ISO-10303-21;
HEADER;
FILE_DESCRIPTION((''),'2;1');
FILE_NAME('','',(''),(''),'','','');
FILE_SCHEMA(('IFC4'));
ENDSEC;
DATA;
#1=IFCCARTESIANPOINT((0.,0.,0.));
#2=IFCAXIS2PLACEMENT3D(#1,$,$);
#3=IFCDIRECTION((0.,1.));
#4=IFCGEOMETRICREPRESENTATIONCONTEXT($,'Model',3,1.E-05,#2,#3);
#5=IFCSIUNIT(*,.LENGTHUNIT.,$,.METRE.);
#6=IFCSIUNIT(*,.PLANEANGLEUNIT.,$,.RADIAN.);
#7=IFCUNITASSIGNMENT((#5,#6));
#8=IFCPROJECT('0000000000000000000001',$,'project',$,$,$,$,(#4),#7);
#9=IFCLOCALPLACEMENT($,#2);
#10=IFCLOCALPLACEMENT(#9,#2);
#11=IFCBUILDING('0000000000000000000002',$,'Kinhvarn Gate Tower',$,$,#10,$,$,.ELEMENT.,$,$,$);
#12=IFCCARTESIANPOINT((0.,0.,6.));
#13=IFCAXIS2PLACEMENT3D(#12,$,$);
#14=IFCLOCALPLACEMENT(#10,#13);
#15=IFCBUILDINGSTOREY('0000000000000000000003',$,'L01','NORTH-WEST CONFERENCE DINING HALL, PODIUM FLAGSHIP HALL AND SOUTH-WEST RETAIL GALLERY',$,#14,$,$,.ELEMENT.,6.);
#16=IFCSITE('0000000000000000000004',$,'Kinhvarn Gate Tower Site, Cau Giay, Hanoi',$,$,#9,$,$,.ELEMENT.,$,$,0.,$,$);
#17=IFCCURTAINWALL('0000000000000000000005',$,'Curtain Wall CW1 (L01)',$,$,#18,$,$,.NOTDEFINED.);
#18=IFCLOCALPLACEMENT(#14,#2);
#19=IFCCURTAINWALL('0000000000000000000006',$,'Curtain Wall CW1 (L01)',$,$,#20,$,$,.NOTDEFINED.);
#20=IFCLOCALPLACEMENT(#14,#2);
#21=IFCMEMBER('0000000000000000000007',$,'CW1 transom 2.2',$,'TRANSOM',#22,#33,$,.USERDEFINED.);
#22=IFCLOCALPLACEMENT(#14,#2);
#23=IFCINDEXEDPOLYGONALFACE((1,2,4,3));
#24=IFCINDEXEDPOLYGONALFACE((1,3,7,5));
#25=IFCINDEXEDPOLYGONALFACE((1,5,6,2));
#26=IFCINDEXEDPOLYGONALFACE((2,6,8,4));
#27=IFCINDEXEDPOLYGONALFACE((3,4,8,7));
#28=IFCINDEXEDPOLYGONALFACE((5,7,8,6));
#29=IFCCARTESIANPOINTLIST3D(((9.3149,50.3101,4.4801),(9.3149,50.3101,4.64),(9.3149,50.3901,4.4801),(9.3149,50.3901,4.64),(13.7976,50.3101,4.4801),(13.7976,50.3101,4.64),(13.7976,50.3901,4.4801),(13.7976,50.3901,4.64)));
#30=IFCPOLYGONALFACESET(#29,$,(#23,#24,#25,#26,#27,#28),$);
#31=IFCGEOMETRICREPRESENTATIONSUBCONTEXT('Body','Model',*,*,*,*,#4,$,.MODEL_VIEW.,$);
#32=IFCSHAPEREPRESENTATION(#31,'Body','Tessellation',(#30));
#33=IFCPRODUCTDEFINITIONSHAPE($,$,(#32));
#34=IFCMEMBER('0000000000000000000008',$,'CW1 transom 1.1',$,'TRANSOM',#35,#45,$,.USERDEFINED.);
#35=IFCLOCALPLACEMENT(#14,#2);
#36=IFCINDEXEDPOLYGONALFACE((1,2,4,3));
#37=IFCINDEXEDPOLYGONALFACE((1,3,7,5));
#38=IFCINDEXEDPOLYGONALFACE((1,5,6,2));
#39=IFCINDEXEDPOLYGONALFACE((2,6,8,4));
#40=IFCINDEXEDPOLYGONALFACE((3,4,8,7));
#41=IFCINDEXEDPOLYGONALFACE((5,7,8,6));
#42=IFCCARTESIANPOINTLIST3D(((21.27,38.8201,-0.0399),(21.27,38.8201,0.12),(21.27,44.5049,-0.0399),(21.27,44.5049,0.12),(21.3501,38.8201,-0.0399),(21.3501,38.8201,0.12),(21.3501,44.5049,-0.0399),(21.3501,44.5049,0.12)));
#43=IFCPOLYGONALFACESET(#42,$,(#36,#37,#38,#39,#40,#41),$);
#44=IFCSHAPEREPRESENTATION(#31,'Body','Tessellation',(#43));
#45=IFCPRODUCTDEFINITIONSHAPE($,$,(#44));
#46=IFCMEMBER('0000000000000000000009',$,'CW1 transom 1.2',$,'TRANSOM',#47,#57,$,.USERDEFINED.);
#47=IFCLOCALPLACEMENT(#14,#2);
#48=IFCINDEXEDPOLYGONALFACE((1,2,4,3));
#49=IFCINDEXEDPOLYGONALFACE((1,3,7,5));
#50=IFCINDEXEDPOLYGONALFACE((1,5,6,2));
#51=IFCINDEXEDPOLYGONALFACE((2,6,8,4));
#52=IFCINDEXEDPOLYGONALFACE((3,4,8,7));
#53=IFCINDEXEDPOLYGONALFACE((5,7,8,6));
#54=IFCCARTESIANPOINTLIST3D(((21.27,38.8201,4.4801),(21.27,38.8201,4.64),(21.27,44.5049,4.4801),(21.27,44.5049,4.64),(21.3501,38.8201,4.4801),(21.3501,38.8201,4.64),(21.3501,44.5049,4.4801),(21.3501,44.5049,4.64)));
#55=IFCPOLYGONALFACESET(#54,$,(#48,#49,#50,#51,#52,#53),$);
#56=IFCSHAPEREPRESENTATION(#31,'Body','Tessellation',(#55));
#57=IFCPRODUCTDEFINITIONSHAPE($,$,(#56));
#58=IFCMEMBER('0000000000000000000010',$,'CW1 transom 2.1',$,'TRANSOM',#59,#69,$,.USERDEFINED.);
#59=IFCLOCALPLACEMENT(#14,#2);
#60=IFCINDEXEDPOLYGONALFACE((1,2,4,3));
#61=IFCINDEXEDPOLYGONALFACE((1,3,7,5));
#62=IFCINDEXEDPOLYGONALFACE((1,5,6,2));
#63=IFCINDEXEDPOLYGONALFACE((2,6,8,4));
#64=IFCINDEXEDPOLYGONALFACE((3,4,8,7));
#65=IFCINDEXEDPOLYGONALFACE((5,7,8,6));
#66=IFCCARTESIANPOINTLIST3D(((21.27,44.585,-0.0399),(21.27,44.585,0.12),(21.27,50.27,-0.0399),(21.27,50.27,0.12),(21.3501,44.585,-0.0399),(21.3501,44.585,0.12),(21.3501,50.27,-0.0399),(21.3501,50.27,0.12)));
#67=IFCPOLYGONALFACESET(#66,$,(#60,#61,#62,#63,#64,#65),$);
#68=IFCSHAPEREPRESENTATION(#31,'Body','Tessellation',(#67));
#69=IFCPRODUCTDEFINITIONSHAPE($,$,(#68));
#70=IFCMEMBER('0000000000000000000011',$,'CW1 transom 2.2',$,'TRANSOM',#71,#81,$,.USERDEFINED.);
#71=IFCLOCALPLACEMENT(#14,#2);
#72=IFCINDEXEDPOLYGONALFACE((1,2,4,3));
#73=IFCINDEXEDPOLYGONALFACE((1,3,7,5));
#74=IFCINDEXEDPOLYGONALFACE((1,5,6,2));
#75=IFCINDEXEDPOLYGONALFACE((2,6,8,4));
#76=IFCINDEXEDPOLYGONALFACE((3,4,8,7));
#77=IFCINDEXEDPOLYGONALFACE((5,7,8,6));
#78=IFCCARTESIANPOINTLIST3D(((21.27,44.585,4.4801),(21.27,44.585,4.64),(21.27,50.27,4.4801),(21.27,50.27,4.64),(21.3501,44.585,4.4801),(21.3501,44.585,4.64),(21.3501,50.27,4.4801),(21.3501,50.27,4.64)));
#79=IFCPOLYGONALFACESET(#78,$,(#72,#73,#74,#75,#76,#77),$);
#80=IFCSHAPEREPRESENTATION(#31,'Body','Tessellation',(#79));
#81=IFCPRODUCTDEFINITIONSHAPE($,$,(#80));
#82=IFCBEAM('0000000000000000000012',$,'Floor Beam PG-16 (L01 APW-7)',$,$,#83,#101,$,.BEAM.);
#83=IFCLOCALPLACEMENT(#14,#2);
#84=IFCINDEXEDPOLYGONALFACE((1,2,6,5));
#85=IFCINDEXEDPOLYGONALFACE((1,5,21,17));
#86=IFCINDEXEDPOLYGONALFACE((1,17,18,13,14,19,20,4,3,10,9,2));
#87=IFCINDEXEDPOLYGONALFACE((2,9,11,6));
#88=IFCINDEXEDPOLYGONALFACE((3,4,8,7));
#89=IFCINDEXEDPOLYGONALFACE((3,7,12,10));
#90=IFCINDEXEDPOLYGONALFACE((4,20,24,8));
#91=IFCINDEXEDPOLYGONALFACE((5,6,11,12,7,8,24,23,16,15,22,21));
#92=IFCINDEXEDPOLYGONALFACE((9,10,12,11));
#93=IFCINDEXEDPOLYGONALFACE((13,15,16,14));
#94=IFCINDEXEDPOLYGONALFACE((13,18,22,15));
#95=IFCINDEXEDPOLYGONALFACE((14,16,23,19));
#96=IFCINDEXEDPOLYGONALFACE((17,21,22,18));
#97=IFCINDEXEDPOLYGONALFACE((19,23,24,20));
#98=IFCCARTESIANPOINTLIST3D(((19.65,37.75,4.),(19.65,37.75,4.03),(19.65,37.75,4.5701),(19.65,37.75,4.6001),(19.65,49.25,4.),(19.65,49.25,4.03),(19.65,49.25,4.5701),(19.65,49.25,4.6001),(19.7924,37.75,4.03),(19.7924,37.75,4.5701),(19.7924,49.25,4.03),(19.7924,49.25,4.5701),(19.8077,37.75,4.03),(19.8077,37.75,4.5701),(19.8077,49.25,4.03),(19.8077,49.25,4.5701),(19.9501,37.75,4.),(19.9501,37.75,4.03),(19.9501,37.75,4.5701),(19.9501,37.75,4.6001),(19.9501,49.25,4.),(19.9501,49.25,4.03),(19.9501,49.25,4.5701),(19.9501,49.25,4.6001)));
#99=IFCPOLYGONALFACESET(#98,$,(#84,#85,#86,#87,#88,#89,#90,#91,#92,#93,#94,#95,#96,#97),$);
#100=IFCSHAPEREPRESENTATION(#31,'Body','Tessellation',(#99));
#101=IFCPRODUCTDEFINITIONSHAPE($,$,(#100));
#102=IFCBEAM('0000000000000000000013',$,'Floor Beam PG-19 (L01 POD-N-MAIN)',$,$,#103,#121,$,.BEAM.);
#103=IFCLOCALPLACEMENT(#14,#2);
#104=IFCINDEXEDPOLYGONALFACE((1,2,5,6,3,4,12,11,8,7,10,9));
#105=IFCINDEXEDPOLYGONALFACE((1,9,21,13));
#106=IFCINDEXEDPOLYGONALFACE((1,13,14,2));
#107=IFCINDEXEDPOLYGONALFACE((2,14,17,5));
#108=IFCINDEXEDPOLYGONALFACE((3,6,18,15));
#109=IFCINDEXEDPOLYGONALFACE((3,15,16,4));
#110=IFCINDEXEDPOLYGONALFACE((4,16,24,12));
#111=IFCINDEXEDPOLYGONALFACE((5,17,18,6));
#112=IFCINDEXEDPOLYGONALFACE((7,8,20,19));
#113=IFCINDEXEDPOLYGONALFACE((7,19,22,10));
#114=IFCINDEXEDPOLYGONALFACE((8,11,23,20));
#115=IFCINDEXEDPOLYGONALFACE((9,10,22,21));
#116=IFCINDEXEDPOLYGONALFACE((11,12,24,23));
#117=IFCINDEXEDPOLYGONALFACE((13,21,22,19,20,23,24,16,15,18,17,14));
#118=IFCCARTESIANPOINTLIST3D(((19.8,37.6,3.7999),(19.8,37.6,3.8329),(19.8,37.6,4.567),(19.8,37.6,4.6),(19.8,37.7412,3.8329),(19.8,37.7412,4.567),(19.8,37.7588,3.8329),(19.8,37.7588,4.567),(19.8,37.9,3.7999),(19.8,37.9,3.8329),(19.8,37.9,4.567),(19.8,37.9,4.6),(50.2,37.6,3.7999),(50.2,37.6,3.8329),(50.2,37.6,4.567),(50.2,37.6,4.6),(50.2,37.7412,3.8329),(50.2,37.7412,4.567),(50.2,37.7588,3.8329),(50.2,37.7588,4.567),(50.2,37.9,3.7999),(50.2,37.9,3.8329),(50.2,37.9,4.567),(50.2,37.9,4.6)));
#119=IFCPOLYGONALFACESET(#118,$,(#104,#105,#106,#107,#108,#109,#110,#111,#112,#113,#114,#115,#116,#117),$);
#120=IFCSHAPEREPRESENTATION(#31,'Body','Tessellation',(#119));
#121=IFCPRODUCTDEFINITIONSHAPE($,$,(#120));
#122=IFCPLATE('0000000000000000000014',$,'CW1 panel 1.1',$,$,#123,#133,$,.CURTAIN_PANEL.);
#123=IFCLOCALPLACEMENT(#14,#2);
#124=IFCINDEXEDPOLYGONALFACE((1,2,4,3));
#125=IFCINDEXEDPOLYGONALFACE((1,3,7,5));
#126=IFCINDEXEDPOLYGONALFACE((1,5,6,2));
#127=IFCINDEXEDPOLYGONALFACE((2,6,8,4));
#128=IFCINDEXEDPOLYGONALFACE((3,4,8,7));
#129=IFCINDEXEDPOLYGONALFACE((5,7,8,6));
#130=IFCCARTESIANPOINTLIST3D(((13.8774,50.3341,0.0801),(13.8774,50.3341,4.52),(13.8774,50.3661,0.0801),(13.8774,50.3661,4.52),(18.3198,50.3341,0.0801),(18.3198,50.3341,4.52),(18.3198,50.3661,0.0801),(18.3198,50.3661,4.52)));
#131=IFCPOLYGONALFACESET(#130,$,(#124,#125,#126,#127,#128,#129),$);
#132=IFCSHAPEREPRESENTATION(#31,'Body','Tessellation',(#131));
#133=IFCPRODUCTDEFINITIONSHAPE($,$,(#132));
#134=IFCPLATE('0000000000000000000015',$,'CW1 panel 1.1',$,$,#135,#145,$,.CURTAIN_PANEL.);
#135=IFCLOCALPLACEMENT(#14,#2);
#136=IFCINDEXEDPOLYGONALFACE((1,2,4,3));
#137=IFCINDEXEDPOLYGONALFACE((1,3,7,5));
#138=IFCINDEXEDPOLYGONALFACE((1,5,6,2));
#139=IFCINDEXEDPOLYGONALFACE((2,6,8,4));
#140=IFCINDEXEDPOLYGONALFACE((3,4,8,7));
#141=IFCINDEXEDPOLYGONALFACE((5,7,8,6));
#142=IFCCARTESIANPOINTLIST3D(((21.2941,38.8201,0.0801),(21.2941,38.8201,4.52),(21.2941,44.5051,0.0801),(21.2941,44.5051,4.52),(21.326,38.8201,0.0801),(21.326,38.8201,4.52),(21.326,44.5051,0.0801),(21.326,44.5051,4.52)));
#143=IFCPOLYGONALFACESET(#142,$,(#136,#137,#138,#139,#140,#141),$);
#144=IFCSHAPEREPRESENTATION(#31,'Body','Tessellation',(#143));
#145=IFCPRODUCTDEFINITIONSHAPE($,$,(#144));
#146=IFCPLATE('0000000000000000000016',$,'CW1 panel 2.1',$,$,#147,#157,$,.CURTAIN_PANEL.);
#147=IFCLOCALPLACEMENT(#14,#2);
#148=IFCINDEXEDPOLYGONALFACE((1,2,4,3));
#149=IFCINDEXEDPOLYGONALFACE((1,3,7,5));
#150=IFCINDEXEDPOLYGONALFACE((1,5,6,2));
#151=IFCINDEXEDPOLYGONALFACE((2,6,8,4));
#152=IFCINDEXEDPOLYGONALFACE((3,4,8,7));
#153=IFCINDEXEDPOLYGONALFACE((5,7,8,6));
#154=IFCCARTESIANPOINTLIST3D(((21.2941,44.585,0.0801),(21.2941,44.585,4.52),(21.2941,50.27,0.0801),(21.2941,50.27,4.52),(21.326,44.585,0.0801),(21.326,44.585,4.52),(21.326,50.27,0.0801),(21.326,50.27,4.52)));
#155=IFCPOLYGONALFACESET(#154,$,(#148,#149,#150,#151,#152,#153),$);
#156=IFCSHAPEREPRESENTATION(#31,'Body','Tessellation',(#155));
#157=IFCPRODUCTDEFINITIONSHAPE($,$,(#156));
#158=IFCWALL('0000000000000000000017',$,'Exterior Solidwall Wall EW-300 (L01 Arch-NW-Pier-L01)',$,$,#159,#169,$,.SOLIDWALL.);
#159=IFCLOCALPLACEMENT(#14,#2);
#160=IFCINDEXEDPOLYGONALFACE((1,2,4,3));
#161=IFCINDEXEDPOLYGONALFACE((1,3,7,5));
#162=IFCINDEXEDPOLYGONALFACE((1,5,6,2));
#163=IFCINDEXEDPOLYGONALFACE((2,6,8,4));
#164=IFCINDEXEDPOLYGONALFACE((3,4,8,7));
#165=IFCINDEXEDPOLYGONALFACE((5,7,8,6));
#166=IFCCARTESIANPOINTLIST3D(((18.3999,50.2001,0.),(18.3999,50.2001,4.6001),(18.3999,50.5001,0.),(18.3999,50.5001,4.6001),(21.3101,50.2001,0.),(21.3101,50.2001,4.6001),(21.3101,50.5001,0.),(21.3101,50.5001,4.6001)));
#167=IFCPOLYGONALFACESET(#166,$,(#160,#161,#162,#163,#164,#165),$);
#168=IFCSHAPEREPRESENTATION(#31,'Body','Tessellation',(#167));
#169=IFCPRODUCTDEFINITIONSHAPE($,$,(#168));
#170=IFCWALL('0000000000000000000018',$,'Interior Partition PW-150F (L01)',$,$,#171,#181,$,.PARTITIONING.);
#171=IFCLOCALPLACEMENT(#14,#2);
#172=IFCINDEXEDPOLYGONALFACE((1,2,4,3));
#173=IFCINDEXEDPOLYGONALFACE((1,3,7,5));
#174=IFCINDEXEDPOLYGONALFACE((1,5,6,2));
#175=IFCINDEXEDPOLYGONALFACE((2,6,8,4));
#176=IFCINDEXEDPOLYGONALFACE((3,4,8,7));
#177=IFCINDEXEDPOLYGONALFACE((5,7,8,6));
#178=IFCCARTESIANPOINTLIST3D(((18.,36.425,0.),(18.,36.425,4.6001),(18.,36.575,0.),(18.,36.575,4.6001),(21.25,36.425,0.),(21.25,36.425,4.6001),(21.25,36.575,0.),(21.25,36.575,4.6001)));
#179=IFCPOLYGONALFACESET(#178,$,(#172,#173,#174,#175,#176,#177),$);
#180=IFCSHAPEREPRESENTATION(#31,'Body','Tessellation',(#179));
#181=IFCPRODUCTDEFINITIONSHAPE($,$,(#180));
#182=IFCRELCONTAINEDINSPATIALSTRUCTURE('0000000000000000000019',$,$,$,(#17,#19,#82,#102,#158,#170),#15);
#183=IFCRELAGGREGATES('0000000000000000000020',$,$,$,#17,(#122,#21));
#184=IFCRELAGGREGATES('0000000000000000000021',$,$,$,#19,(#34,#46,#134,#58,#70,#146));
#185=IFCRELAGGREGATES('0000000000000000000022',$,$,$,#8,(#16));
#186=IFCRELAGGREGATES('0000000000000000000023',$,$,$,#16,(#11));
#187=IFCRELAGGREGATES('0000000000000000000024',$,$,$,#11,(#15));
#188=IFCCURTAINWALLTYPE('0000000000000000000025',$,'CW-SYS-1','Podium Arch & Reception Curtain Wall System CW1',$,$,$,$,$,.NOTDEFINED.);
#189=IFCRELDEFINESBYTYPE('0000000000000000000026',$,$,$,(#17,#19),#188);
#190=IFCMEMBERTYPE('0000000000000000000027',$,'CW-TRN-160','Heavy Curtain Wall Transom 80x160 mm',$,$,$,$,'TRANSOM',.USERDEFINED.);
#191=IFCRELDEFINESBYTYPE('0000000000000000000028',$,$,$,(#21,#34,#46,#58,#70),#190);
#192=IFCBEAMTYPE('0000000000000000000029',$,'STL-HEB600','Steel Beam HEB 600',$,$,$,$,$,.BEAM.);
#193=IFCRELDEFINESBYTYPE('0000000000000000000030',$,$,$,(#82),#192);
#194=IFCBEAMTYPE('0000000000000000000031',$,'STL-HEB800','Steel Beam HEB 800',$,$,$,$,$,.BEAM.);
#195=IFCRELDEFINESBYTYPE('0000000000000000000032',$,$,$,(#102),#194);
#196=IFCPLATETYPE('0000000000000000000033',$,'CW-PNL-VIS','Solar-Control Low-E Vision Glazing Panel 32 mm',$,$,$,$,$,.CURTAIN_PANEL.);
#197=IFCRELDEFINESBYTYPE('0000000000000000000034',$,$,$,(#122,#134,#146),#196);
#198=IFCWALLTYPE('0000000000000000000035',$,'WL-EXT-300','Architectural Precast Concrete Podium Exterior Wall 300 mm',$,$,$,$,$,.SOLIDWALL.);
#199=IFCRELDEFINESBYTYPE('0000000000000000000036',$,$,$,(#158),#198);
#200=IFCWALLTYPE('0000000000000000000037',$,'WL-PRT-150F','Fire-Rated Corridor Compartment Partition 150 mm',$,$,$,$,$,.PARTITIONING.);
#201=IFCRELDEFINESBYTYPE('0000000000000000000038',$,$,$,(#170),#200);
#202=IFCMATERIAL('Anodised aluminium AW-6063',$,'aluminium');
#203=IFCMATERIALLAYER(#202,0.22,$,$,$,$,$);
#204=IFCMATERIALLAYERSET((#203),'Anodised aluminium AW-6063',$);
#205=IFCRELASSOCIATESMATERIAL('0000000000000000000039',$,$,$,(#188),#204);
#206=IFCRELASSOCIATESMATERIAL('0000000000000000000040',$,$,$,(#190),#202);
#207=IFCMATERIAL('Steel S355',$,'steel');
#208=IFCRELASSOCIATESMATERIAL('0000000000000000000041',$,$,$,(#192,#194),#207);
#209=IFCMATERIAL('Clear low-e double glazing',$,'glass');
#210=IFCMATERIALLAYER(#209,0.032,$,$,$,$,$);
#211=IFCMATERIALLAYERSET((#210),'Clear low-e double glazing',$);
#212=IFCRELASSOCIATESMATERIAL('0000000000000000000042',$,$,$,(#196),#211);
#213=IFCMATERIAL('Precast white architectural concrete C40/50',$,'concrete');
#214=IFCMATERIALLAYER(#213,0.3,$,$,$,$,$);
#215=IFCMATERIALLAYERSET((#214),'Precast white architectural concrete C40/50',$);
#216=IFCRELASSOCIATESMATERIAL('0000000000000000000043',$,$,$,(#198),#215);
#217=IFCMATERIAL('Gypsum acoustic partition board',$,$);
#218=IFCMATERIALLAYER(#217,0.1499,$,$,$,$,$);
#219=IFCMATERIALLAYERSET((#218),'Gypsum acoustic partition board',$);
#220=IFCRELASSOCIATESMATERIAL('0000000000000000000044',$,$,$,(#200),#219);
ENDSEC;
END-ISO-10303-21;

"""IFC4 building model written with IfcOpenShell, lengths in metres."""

from ifc_helpers import new_model, si_unit, direction, frame, frame_2d, origin, origin_2d, place, context, subcontext, project, spatial, rectangle, i_section, extrude, material, layer, layer_set, material_profile, profile_set, type_object, element, aggregate, save


model = new_model("IFC4")

# Units and contexts
model_context = context("Model", 3, precision=1e-05, world=origin(), true_north=direction((0.0, 1.0)))
body_context = subcontext(model_context, "Body", "Model", "MODEL_VIEW")
ifc_project = project(units=[si_unit("LENGTHUNIT", "METRE"), si_unit("PLANEANGLEUNIT", "RADIAN")], contexts=[model_context])

# Site, building, storey
site_placement = place(None, origin())
site = spatial("IfcSite", under=ifc_project, at=site_placement, Name="Kinhvarn Gate Tower Site, Cau Giay, Hanoi", CompositionType="ELEMENT", RefElevation=0.0)
building_placement = place(site_placement, origin())
building = spatial("IfcBuilding", under=site, at=building_placement, Name="Kinhvarn Gate Tower", CompositionType="ELEMENT")
storey_placement = place(building_placement, frame((0.0, 0.0, 6.0)))
storey = spatial("IfcBuildingStorey", under=building, at=storey_placement, Name="L01", Description="NORTH-WEST CONFERENCE DINING HALL, PODIUM FLAGSHIP HALL AND SOUTH-WEST RETAIL GALLERY", CompositionType="ELEMENT", Elevation=6.0)

# Curtain wall
ifc_material_1 = material(Name="Anodised aluminium AW-6063", Category="aluminium")
ifc_layer_1 = layer(ifc_material_1, 0.22)
ifc_layer_set_1 = layer_set([ifc_layer_1], Name="Anodised aluminium AW-6063")
curtain_wall_type = type_object("IfcCurtainWallType", Name="CW-SYS-1", Description="Podium Arch & Reception Curtain Wall System CW1", PredefinedType="NOTDEFINED", material=ifc_layer_set_1)
curtain_wall_1_placement = place(storey_placement, origin())
curtain_wall_1 = element("IfcCurtainWall", 1, at=curtain_wall_1_placement, inside=storey, type_object=curtain_wall_type, Name="Curtain Wall CW1 (L01)", PredefinedType="NOTDEFINED")

# Curtain wall
curtain_wall_2_placement = place(storey_placement, origin())
curtain_wall_2 = element("IfcCurtainWall", 2, at=curtain_wall_2_placement, inside=storey, type_object=curtain_wall_type, Name="Curtain Wall CW1 (L01)", PredefinedType="NOTDEFINED")

# Members
ifc_material_profile_1 = material_profile(ifc_material_1, rectangle(XDim=0.0801, YDim=0.1599, at=origin_2d()), Name="ALU 80x160")
ifc_profile_set_1 = profile_set([ifc_material_profile_1], Name="Anodised aluminium AW-6063")
member_type_1 = type_object("IfcMemberType", Name="CW-TRN-160", Description="Heavy Curtain Wall Transom 80x160 mm", ElementType="TRANSOM", PredefinedType="USERDEFINED", material=ifc_profile_set_1)
member_1_placement = place(storey_placement, frame((13.7976, 50.3501, 4.5601), z_axis=(-1.0, 0.0, 0.0), x_axis=(0.0, -1.0, 0.0)))
member_1 = element("IfcMember", 3, at=member_1_placement, type_object=member_type_1, Name="CW1 transom 2.2", ObjectType="TRANSOM", PredefinedType="USERDEFINED", context=body_context, shape_type="SweptSolid", body=[
    extrude(rectangle(XDim=0.0801, YDim=0.1599, at=origin_2d()), origin(), (0.0, 0.0, 1.0), 4.4827),
])
member_2_placement = place(storey_placement, frame((21.3101, 38.8201, 0.04), z_axis=(0.0, 1.0, 0.0), x_axis=(-1.0, 0.0, 0.0)))
member_2 = element("IfcMember", 4, at=member_2_placement, type_object=member_type_1, Name="CW1 transom 1.1", ObjectType="TRANSOM", PredefinedType="USERDEFINED", context=body_context, shape_type="SweptSolid", body=[
    extrude(rectangle(XDim=0.0801, YDim=0.1599, at=origin_2d()), origin(), (0.0, 0.0, 1.0), 5.6848),
])
member_3_placement = place(storey_placement, frame((21.3101, 38.8201, 4.5601), z_axis=(0.0, 1.0, 0.0), x_axis=(-1.0, 0.0, 0.0)))
member_3 = element("IfcMember", 5, at=member_3_placement, type_object=member_type_1, Name="CW1 transom 1.2", ObjectType="TRANSOM", PredefinedType="USERDEFINED", context=body_context, shape_type="SweptSolid", body=[
    extrude(rectangle(XDim=0.0801, YDim=0.1599, at=origin_2d()), origin(), (0.0, 0.0, 1.0), 5.6848),
])
member_4_placement = place(storey_placement, frame((21.3101, 44.585, 0.04), z_axis=(0.0, 1.0, 0.0), x_axis=(-1.0, 0.0, 0.0)))
member_4 = element("IfcMember", 6, at=member_4_placement, type_object=member_type_1, Name="CW1 transom 2.1", ObjectType="TRANSOM", PredefinedType="USERDEFINED", context=body_context, shape_type="SweptSolid", body=[
    extrude(rectangle(XDim=0.0801, YDim=0.1599, at=origin_2d()), origin(), (0.0, 0.0, 1.0), 5.6851),
])
member_5_placement = place(storey_placement, frame((21.3101, 44.585, 4.5601), z_axis=(0.0, 1.0, 0.0), x_axis=(-1.0, 0.0, 0.0)))
member_5 = element("IfcMember", 7, at=member_5_placement, type_object=member_type_1, Name="CW1 transom 2.2", ObjectType="TRANSOM", PredefinedType="USERDEFINED", context=body_context, shape_type="SweptSolid", body=[
    extrude(rectangle(XDim=0.0801, YDim=0.1599, at=origin_2d()), origin(), (0.0, 0.0, 1.0), 5.6851),
])

# Beams
ifc_material_2 = material(Name="Steel S355", Category="steel")
ifc_material_profile_2 = material_profile(ifc_material_2, i_section(OverallWidth=0.3, OverallDepth=0.6001, WebThickness=0.0154, FlangeThickness=0.03, at=origin_2d()), Name="HEB 600")
ifc_profile_set_2 = profile_set([ifc_material_profile_2], Name="Steel S355")
beam_type_1 = type_object("IfcBeamType", Name="STL-HEB600", Description="Steel Beam HEB 600", PredefinedType="BEAM", material=ifc_profile_set_2)
beam_1_placement = place(storey_placement, frame((19.8, 37.75, 4.3), z_axis=(0.0, 1.0, 0.0), x_axis=(-1.0, 0.0, 0.0)))
element("IfcBeam", 8, at=beam_1_placement, inside=storey, type_object=beam_type_1, Name="Floor Beam PG-16 (L01 APW-7)", PredefinedType="BEAM", context=body_context, shape_type="SweptSolid", body=[
    extrude(i_section(OverallWidth=0.3, OverallDepth=0.6001, WebThickness=0.0154, FlangeThickness=0.03, at=origin_2d()), origin(), (0.0, 0.0, 1.0), 11.5),
])
ifc_material_profile_3 = material_profile(ifc_material_2, i_section(OverallWidth=0.3, OverallDepth=0.8, WebThickness=0.0176, FlangeThickness=0.033, at=origin_2d()), Name="HEB 800")
ifc_profile_set_3 = profile_set([ifc_material_profile_3], Name="Steel S355")
beam_type_2 = type_object("IfcBeamType", Name="STL-HEB800", Description="Steel Beam HEB 800", PredefinedType="BEAM", material=ifc_profile_set_3)
beam_2_placement = place(storey_placement, frame((19.8, 37.75, 4.2), z_axis=(1.0, 0.0, 0.0), x_axis=(0.0, 1.0, 0.0)))
element("IfcBeam", 9, at=beam_2_placement, inside=storey, type_object=beam_type_2, Name="Floor Beam PG-19 (L01 POD-N-MAIN)", PredefinedType="BEAM", context=body_context, shape_type="SweptSolid", body=[
    extrude(i_section(OverallWidth=0.3, OverallDepth=0.8, WebThickness=0.0176, FlangeThickness=0.033, at=origin_2d()), origin(), (0.0, 0.0, 1.0), 30.3999),
])

# Plates
ifc_material_3 = material(Name="Clear low-e double glazing", Category="glass")
ifc_layer_2 = layer(ifc_material_3, 0.032)
ifc_layer_set_2 = layer_set([ifc_layer_2], Name="Clear low-e double glazing")
plate_type = type_object("IfcPlateType", Name="CW-PNL-VIS", Description="Solar-Control Low-E Vision Glazing Panel 32 mm", PredefinedType="CURTAIN_PANEL", material=ifc_layer_set_2)
plate_1_placement = place(storey_placement, frame((16.0986, 50.3501, 0.0801), z_axis=(0.0, 0.0, 1.0), x_axis=(-1.0, 0.0, 0.0)))
plate_1 = element("IfcPlate", 10, at=plate_1_placement, type_object=plate_type, Name="CW1 panel 1.1", PredefinedType="CURTAIN_PANEL", context=body_context, shape_type="SweptSolid", body=[
    extrude(rectangle(XDim=4.4424, YDim=0.032, at=origin_2d()), origin(), (0.0, 0.0, 1.0), 4.4399),
])
aggregate(curtain_wall_1, [plate_1, member_1])
plate_2_placement = place(storey_placement, frame((21.3101, 41.6626, 0.0801), z_axis=(0.0, 0.0, 1.0), x_axis=(0.0, 1.0, 0.0)))
plate_2 = element("IfcPlate", 11, at=plate_2_placement, type_object=plate_type, Name="CW1 panel 1.1", PredefinedType="CURTAIN_PANEL", context=body_context, shape_type="SweptSolid", body=[
    extrude(rectangle(XDim=5.6851, YDim=0.032, at=origin_2d()), origin(), (0.0, 0.0, 1.0), 4.4399),
])
plate_3_placement = place(storey_placement, frame((21.3101, 47.4275, 0.0801), z_axis=(0.0, 0.0, 1.0), x_axis=(0.0, 1.0, 0.0)))
plate_3 = element("IfcPlate", 12, at=plate_3_placement, type_object=plate_type, Name="CW1 panel 2.1", PredefinedType="CURTAIN_PANEL", context=body_context, shape_type="SweptSolid", body=[
    extrude(rectangle(XDim=5.6851, YDim=0.032, at=origin_2d()), origin(), (0.0, 0.0, 1.0), 4.4399),
])
aggregate(curtain_wall_2, [member_2, member_3, plate_2, member_4, member_5, plate_3])

# Walls
ifc_material_4 = material(Name="Precast white architectural concrete C40/50", Category="concrete")
ifc_layer_3 = layer(ifc_material_4, 0.3)
ifc_layer_set_3 = layer_set([ifc_layer_3], Name="Precast white architectural concrete C40/50")
wall_type_1 = type_object("IfcWallType", Name="WL-EXT-300", Description="Architectural Precast Concrete Podium Exterior Wall 300 mm", PredefinedType="SOLIDWALL", material=ifc_layer_set_3)
wall_1_placement = place(storey_placement, frame((21.3101, 50.3501, 0.0), z_axis=(0.0, 0.0, 1.0), x_axis=(-1.0, 0.0, 0.0)))
element("IfcWall", 13, at=wall_1_placement, inside=storey, type_object=wall_type_1, Name="Exterior Solidwall Wall EW-300 (L01 Arch-NW-Pier-L01)", PredefinedType="SOLIDWALL", context=body_context, shape_type="SweptSolid", body=[
    extrude(rectangle(XDim=2.9102, YDim=0.3, at=frame_2d((1.4551, 0.0))), origin(), (0.0, 0.0, 1.0), 4.6001),
])
ifc_material_5 = material(Name="Gypsum acoustic partition board")
ifc_layer_4 = layer(ifc_material_5, 0.1499)
ifc_layer_set_4 = layer_set([ifc_layer_4], Name="Gypsum acoustic partition board")
wall_type_2 = type_object("IfcWallType", Name="WL-PRT-150F", Description="Fire-Rated Corridor Compartment Partition 150 mm", PredefinedType="PARTITIONING", material=ifc_layer_set_4)
wall_2_placement = place(storey_placement, frame((18.0, 36.5, 0.0), z_axis=(0.0, 0.0, 1.0), x_axis=(1.0, 0.0, 0.0)))
element("IfcWall", 14, at=wall_2_placement, inside=storey, type_object=wall_type_2, Name="Interior Partition PW-150F (L01)", PredefinedType="PARTITIONING", context=body_context, shape_type="SweptSolid", body=[
    extrude(rectangle(XDim=3.25, YDim=0.1499, at=frame_2d((1.625, 0.0))), origin(), (0.0, 0.0, 1.0), 4.6001),
])

save(model, "model.ifc")
